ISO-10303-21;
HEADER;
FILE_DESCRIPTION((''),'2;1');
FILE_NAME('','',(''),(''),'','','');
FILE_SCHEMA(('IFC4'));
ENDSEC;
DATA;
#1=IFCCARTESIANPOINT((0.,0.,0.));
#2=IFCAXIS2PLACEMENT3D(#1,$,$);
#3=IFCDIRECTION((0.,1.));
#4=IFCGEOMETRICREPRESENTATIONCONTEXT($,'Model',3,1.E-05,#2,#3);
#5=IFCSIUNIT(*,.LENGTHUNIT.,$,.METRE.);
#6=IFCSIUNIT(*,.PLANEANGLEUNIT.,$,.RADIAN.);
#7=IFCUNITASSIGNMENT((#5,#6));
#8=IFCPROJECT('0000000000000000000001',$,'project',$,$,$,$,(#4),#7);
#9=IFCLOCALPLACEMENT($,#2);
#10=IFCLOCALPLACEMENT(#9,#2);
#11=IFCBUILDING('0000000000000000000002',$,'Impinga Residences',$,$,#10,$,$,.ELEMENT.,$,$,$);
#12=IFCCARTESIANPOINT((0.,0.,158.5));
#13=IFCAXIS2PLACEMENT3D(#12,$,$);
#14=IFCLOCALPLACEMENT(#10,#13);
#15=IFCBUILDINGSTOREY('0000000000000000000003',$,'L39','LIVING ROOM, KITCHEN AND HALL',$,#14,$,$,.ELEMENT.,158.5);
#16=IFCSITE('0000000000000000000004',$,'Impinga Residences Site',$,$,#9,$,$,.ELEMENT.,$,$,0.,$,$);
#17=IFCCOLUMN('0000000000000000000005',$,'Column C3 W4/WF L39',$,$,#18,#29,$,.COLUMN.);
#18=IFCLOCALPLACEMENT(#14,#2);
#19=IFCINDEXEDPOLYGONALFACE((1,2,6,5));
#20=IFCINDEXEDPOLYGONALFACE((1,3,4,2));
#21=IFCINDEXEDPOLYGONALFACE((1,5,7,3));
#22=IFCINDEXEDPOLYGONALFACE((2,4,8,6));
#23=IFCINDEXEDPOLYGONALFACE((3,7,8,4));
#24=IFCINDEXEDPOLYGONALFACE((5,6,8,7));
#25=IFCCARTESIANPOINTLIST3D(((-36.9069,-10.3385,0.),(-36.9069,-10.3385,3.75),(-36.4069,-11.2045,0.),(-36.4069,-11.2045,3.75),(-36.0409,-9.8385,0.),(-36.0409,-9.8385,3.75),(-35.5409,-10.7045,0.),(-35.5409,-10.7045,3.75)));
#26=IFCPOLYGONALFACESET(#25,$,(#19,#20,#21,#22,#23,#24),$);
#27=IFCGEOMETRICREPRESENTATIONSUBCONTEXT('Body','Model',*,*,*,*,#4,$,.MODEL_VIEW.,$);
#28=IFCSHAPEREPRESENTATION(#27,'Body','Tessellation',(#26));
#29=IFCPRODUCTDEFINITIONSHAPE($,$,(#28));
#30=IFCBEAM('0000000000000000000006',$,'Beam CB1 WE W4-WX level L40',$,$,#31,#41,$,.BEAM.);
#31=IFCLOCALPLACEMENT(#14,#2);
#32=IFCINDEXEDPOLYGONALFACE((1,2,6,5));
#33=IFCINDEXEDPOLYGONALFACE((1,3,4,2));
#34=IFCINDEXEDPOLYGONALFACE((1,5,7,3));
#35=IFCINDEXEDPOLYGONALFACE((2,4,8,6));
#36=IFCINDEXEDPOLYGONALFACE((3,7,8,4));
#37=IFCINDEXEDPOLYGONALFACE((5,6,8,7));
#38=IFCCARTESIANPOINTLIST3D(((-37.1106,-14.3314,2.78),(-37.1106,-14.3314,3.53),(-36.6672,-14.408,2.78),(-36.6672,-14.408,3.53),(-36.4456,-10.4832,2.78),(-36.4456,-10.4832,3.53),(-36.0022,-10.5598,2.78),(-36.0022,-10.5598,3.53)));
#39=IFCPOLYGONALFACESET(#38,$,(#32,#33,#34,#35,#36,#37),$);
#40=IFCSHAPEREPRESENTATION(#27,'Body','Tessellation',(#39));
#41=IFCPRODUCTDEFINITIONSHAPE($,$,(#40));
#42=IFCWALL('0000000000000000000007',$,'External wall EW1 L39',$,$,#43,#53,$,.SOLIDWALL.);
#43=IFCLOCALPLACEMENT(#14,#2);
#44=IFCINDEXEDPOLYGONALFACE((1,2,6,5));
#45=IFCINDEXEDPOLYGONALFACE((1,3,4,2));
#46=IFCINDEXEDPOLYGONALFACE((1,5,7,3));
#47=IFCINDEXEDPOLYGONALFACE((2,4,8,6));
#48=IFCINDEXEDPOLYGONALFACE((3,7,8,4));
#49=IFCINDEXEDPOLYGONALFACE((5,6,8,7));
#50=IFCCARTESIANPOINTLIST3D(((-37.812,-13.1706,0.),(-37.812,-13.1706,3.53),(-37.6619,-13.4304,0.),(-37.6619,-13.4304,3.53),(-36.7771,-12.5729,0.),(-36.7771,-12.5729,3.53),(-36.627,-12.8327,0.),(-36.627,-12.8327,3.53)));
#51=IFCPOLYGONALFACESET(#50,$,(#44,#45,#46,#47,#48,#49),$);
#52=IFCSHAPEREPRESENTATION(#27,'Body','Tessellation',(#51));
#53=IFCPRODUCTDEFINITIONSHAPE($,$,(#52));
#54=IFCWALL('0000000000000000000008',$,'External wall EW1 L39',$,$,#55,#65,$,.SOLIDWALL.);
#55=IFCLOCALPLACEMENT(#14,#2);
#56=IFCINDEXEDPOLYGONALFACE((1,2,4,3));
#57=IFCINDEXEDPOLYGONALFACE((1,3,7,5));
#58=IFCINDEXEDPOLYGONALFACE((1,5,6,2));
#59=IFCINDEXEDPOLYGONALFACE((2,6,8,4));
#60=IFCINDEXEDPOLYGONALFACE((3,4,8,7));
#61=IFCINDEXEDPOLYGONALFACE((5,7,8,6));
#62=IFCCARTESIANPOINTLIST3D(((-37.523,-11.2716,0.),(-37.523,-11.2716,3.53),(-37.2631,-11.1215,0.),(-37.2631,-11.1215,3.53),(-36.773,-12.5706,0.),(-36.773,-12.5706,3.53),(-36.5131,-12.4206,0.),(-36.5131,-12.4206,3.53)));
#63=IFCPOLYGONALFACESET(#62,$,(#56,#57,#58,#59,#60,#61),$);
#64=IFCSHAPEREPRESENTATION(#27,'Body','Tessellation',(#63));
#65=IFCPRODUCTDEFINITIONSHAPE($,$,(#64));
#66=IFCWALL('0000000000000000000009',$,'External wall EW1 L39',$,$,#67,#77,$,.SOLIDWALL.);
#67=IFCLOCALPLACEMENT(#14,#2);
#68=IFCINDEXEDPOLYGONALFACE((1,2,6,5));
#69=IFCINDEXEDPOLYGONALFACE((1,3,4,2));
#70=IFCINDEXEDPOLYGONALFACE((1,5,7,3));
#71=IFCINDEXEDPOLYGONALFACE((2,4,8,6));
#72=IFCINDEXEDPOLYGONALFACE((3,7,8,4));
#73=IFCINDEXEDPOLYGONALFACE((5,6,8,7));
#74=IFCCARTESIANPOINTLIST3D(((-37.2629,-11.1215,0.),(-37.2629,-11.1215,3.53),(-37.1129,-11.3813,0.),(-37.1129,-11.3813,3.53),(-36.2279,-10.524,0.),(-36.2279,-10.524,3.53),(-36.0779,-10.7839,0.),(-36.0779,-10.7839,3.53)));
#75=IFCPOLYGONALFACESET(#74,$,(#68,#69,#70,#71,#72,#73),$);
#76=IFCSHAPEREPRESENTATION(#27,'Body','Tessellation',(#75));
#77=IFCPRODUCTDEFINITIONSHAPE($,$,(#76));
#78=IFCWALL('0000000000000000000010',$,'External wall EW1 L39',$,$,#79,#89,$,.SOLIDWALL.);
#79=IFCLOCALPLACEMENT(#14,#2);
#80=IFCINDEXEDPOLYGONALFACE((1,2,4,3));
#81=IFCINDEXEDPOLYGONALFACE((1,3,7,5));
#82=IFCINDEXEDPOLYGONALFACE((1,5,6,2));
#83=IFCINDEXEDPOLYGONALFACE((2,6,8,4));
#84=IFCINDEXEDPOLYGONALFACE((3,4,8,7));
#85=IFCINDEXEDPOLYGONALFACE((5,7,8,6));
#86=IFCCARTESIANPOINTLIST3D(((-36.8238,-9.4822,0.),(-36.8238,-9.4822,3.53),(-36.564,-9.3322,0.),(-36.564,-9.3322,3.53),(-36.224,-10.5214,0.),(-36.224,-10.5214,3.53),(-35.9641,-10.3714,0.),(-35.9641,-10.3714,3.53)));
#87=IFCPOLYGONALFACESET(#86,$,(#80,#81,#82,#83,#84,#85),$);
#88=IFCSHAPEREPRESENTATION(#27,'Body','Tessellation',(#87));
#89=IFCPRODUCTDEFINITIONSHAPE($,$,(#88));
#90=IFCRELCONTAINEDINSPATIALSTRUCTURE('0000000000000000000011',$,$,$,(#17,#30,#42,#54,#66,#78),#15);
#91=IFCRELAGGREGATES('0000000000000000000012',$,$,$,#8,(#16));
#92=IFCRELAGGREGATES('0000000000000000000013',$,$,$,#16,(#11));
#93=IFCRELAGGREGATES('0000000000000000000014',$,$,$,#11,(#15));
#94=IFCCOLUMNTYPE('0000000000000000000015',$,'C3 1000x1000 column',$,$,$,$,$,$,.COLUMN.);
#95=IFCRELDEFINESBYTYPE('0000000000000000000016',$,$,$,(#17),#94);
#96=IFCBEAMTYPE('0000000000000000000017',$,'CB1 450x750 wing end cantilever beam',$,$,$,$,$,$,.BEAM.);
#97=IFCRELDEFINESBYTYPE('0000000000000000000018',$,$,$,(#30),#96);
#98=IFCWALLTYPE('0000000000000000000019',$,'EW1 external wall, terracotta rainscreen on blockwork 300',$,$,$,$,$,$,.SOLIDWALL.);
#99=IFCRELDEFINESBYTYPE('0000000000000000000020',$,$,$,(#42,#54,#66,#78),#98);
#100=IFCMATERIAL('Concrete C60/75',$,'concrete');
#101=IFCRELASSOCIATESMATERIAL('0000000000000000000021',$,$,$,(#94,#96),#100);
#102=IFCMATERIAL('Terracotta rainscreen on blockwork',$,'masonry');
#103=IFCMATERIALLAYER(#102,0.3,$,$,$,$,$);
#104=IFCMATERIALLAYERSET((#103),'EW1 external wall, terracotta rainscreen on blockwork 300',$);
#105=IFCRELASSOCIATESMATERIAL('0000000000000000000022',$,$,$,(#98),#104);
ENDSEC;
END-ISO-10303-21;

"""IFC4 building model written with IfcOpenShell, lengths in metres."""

from ifc_helpers import new_model, si_unit, direction, frame, frame_2d, origin, origin_2d, place, context, subcontext, project, spatial, rectangle, extrude, material, layer, layer_set, material_profile, profile_set, type_object, element, save


model = new_model("IFC4")

# Units and contexts
model_context = context("Model", 3, precision=1e-05, world=origin(), true_north=direction((0.0, 1.0)))
body_context = subcontext(model_context, "Body", "Model", "MODEL_VIEW")
ifc_project = project(units=[si_unit("LENGTHUNIT", "METRE"), si_unit("PLANEANGLEUNIT", "RADIAN")], contexts=[model_context])

# Site, building, storey
site_placement = place(None, origin())
site = spatial("IfcSite", under=ifc_project, at=site_placement, Name="Impinga Residences Site", CompositionType="ELEMENT", RefElevation=0.0)
building_placement = place(site_placement, origin())
building = spatial("IfcBuilding", under=site, at=building_placement, Name="Impinga Residences", CompositionType="ELEMENT")
storey_placement = place(building_placement, frame((0.0, 0.0, 158.5)))
storey = spatial("IfcBuildingStorey", under=building, at=storey_placement, Name="L39", Description="LIVING ROOM, KITCHEN AND HALL", CompositionType="ELEMENT", Elevation=158.5)

# Column
ifc_material_1 = material(Name="Concrete C60/75", Category="concrete")
ifc_material_profile_1 = material_profile(ifc_material_1, rectangle(XDim=1.0, YDim=1.0, at=origin_2d()), Name="RC 1000x1000")
ifc_profile_set_1 = profile_set([ifc_material_profile_1], Name="Concrete C60/75")
column_type = type_object("IfcColumnType", Name="C3 1000x1000 column", PredefinedType="COLUMN", material=ifc_profile_set_1)
column_placement = place(storey_placement, frame((-36.2239, -10.5215, 0.0), z_axis=(0.0, 0.0, 1.0), x_axis=(-0.5, 0.866025, 0.0)))
element("IfcColumn", 1, at=column_placement, inside=storey, type_object=column_type, Name="Column C3 W4/WF L39", PredefinedType="COLUMN", context=body_context, shape_type="SweptSolid", body=[
    extrude(rectangle(XDim=1.0, YDim=1.0, at=origin_2d()), origin(), (0.0, 0.0, 1.0), 3.75),
])

# Beam
ifc_material_profile_2 = material_profile(ifc_material_1, rectangle(XDim=0.45, YDim=0.75, at=origin_2d()), Name="RC 450x750")
ifc_profile_set_2 = profile_set([ifc_material_profile_2], Name="Concrete C60/75")
beam_type = type_object("IfcBeamType", Name="CB1 450x750 wing end cantilever beam", PredefinedType="BEAM", material=ifc_profile_set_2)
beam_placement = place(storey_placement, frame((-36.2239, -10.5215, 3.155), z_axis=(-0.170296, -0.985393, 0.0), x_axis=(0.985393, -0.170296, 0.0)))
element("IfcBeam", 2, at=beam_placement, inside=storey, type_object=beam_type, Name="Beam CB1 WE W4-WX level L40", PredefinedType="BEAM", context=body_context, shape_type="SweptSolid", body=[
    extrude(rectangle(XDim=0.45, YDim=0.75, at=origin_2d()), origin(), (0.0, 0.0, 1.0), 3.9053),
])

# Walls
ifc_material_2 = material(Name="Terracotta rainscreen on blockwork", Category="masonry")
ifc_layer_1 = layer(ifc_material_2, 0.3)
ifc_layer_set_1 = layer_set([ifc_layer_1], Name="EW1 external wall, terracotta rainscreen on blockwork 300")
wall_type_1 = type_object("IfcWallType", Name="EW1 external wall, terracotta rainscreen on blockwork 300", PredefinedType="SOLIDWALL", material=ifc_layer_set_1)
wall_1_placement = place(storey_placement, frame((-37.7371, -13.3005, 0.0), z_axis=(0.0, 0.0, 1.0), x_axis=(0.865971, 0.500094, 0.0)))
element("IfcWall", 3, at=wall_1_placement, inside=storey, type_object=wall_type_1, Name="External wall EW1 L39", PredefinedType="SOLIDWALL", context=body_context, shape_type="SweptSolid", body=[
    extrude(rectangle(XDim=1.1951, YDim=0.3, at=frame_2d((0.5977, 0.0))), origin(), (0.0, 0.0, 1.0), 3.53),
])
wall_2_placement = place(storey_placement, frame((-36.6431, -12.4956, 0.0), z_axis=(0.0, 0.0, 1.0), x_axis=(-0.49999, 0.866031, 0.0)))
element("IfcWall", 4, at=wall_2_placement, inside=storey, type_object=wall_type_1, Name="External wall EW1 L39", PredefinedType="SOLIDWALL", context=body_context, shape_type="SweptSolid", body=[
    extrude(rectangle(XDim=1.5, YDim=0.3, at=frame_2d((0.75, 0.0))), origin(), (0.0, 0.0, 1.0), 3.53),
])
wall_3_placement = place(storey_placement, frame((-37.188, -11.2515, 0.0), z_axis=(0.0, 0.0, 1.0), x_axis=(0.86606, 0.499941, 0.0)))
element("IfcWall", 5, at=wall_3_placement, inside=storey, type_object=wall_type_1, Name="External wall EW1 L39", PredefinedType="SOLIDWALL", context=body_context, shape_type="SweptSolid", body=[
    extrude(rectangle(XDim=1.1951, YDim=0.3, at=frame_2d((0.5977, 0.0))), origin(), (0.0, 0.0, 1.0), 3.53),
])
wall_4_placement = place(storey_placement, frame((-36.094, -10.4465, 0.0), z_axis=(0.0, 0.0, 1.0), x_axis=(-0.499881, 0.866094, 0.0)))
element("IfcWall", 6, at=wall_4_placement, inside=storey, type_object=wall_type_1, Name="External wall EW1 L39", PredefinedType="SOLIDWALL", context=body_context, shape_type="SweptSolid", body=[
    extrude(rectangle(XDim=1.2, YDim=0.3, at=frame_2d((0.6001, 0.0))), origin(), (0.0, 0.0, 1.0), 3.53),
])

save(model, "model.ifc")
